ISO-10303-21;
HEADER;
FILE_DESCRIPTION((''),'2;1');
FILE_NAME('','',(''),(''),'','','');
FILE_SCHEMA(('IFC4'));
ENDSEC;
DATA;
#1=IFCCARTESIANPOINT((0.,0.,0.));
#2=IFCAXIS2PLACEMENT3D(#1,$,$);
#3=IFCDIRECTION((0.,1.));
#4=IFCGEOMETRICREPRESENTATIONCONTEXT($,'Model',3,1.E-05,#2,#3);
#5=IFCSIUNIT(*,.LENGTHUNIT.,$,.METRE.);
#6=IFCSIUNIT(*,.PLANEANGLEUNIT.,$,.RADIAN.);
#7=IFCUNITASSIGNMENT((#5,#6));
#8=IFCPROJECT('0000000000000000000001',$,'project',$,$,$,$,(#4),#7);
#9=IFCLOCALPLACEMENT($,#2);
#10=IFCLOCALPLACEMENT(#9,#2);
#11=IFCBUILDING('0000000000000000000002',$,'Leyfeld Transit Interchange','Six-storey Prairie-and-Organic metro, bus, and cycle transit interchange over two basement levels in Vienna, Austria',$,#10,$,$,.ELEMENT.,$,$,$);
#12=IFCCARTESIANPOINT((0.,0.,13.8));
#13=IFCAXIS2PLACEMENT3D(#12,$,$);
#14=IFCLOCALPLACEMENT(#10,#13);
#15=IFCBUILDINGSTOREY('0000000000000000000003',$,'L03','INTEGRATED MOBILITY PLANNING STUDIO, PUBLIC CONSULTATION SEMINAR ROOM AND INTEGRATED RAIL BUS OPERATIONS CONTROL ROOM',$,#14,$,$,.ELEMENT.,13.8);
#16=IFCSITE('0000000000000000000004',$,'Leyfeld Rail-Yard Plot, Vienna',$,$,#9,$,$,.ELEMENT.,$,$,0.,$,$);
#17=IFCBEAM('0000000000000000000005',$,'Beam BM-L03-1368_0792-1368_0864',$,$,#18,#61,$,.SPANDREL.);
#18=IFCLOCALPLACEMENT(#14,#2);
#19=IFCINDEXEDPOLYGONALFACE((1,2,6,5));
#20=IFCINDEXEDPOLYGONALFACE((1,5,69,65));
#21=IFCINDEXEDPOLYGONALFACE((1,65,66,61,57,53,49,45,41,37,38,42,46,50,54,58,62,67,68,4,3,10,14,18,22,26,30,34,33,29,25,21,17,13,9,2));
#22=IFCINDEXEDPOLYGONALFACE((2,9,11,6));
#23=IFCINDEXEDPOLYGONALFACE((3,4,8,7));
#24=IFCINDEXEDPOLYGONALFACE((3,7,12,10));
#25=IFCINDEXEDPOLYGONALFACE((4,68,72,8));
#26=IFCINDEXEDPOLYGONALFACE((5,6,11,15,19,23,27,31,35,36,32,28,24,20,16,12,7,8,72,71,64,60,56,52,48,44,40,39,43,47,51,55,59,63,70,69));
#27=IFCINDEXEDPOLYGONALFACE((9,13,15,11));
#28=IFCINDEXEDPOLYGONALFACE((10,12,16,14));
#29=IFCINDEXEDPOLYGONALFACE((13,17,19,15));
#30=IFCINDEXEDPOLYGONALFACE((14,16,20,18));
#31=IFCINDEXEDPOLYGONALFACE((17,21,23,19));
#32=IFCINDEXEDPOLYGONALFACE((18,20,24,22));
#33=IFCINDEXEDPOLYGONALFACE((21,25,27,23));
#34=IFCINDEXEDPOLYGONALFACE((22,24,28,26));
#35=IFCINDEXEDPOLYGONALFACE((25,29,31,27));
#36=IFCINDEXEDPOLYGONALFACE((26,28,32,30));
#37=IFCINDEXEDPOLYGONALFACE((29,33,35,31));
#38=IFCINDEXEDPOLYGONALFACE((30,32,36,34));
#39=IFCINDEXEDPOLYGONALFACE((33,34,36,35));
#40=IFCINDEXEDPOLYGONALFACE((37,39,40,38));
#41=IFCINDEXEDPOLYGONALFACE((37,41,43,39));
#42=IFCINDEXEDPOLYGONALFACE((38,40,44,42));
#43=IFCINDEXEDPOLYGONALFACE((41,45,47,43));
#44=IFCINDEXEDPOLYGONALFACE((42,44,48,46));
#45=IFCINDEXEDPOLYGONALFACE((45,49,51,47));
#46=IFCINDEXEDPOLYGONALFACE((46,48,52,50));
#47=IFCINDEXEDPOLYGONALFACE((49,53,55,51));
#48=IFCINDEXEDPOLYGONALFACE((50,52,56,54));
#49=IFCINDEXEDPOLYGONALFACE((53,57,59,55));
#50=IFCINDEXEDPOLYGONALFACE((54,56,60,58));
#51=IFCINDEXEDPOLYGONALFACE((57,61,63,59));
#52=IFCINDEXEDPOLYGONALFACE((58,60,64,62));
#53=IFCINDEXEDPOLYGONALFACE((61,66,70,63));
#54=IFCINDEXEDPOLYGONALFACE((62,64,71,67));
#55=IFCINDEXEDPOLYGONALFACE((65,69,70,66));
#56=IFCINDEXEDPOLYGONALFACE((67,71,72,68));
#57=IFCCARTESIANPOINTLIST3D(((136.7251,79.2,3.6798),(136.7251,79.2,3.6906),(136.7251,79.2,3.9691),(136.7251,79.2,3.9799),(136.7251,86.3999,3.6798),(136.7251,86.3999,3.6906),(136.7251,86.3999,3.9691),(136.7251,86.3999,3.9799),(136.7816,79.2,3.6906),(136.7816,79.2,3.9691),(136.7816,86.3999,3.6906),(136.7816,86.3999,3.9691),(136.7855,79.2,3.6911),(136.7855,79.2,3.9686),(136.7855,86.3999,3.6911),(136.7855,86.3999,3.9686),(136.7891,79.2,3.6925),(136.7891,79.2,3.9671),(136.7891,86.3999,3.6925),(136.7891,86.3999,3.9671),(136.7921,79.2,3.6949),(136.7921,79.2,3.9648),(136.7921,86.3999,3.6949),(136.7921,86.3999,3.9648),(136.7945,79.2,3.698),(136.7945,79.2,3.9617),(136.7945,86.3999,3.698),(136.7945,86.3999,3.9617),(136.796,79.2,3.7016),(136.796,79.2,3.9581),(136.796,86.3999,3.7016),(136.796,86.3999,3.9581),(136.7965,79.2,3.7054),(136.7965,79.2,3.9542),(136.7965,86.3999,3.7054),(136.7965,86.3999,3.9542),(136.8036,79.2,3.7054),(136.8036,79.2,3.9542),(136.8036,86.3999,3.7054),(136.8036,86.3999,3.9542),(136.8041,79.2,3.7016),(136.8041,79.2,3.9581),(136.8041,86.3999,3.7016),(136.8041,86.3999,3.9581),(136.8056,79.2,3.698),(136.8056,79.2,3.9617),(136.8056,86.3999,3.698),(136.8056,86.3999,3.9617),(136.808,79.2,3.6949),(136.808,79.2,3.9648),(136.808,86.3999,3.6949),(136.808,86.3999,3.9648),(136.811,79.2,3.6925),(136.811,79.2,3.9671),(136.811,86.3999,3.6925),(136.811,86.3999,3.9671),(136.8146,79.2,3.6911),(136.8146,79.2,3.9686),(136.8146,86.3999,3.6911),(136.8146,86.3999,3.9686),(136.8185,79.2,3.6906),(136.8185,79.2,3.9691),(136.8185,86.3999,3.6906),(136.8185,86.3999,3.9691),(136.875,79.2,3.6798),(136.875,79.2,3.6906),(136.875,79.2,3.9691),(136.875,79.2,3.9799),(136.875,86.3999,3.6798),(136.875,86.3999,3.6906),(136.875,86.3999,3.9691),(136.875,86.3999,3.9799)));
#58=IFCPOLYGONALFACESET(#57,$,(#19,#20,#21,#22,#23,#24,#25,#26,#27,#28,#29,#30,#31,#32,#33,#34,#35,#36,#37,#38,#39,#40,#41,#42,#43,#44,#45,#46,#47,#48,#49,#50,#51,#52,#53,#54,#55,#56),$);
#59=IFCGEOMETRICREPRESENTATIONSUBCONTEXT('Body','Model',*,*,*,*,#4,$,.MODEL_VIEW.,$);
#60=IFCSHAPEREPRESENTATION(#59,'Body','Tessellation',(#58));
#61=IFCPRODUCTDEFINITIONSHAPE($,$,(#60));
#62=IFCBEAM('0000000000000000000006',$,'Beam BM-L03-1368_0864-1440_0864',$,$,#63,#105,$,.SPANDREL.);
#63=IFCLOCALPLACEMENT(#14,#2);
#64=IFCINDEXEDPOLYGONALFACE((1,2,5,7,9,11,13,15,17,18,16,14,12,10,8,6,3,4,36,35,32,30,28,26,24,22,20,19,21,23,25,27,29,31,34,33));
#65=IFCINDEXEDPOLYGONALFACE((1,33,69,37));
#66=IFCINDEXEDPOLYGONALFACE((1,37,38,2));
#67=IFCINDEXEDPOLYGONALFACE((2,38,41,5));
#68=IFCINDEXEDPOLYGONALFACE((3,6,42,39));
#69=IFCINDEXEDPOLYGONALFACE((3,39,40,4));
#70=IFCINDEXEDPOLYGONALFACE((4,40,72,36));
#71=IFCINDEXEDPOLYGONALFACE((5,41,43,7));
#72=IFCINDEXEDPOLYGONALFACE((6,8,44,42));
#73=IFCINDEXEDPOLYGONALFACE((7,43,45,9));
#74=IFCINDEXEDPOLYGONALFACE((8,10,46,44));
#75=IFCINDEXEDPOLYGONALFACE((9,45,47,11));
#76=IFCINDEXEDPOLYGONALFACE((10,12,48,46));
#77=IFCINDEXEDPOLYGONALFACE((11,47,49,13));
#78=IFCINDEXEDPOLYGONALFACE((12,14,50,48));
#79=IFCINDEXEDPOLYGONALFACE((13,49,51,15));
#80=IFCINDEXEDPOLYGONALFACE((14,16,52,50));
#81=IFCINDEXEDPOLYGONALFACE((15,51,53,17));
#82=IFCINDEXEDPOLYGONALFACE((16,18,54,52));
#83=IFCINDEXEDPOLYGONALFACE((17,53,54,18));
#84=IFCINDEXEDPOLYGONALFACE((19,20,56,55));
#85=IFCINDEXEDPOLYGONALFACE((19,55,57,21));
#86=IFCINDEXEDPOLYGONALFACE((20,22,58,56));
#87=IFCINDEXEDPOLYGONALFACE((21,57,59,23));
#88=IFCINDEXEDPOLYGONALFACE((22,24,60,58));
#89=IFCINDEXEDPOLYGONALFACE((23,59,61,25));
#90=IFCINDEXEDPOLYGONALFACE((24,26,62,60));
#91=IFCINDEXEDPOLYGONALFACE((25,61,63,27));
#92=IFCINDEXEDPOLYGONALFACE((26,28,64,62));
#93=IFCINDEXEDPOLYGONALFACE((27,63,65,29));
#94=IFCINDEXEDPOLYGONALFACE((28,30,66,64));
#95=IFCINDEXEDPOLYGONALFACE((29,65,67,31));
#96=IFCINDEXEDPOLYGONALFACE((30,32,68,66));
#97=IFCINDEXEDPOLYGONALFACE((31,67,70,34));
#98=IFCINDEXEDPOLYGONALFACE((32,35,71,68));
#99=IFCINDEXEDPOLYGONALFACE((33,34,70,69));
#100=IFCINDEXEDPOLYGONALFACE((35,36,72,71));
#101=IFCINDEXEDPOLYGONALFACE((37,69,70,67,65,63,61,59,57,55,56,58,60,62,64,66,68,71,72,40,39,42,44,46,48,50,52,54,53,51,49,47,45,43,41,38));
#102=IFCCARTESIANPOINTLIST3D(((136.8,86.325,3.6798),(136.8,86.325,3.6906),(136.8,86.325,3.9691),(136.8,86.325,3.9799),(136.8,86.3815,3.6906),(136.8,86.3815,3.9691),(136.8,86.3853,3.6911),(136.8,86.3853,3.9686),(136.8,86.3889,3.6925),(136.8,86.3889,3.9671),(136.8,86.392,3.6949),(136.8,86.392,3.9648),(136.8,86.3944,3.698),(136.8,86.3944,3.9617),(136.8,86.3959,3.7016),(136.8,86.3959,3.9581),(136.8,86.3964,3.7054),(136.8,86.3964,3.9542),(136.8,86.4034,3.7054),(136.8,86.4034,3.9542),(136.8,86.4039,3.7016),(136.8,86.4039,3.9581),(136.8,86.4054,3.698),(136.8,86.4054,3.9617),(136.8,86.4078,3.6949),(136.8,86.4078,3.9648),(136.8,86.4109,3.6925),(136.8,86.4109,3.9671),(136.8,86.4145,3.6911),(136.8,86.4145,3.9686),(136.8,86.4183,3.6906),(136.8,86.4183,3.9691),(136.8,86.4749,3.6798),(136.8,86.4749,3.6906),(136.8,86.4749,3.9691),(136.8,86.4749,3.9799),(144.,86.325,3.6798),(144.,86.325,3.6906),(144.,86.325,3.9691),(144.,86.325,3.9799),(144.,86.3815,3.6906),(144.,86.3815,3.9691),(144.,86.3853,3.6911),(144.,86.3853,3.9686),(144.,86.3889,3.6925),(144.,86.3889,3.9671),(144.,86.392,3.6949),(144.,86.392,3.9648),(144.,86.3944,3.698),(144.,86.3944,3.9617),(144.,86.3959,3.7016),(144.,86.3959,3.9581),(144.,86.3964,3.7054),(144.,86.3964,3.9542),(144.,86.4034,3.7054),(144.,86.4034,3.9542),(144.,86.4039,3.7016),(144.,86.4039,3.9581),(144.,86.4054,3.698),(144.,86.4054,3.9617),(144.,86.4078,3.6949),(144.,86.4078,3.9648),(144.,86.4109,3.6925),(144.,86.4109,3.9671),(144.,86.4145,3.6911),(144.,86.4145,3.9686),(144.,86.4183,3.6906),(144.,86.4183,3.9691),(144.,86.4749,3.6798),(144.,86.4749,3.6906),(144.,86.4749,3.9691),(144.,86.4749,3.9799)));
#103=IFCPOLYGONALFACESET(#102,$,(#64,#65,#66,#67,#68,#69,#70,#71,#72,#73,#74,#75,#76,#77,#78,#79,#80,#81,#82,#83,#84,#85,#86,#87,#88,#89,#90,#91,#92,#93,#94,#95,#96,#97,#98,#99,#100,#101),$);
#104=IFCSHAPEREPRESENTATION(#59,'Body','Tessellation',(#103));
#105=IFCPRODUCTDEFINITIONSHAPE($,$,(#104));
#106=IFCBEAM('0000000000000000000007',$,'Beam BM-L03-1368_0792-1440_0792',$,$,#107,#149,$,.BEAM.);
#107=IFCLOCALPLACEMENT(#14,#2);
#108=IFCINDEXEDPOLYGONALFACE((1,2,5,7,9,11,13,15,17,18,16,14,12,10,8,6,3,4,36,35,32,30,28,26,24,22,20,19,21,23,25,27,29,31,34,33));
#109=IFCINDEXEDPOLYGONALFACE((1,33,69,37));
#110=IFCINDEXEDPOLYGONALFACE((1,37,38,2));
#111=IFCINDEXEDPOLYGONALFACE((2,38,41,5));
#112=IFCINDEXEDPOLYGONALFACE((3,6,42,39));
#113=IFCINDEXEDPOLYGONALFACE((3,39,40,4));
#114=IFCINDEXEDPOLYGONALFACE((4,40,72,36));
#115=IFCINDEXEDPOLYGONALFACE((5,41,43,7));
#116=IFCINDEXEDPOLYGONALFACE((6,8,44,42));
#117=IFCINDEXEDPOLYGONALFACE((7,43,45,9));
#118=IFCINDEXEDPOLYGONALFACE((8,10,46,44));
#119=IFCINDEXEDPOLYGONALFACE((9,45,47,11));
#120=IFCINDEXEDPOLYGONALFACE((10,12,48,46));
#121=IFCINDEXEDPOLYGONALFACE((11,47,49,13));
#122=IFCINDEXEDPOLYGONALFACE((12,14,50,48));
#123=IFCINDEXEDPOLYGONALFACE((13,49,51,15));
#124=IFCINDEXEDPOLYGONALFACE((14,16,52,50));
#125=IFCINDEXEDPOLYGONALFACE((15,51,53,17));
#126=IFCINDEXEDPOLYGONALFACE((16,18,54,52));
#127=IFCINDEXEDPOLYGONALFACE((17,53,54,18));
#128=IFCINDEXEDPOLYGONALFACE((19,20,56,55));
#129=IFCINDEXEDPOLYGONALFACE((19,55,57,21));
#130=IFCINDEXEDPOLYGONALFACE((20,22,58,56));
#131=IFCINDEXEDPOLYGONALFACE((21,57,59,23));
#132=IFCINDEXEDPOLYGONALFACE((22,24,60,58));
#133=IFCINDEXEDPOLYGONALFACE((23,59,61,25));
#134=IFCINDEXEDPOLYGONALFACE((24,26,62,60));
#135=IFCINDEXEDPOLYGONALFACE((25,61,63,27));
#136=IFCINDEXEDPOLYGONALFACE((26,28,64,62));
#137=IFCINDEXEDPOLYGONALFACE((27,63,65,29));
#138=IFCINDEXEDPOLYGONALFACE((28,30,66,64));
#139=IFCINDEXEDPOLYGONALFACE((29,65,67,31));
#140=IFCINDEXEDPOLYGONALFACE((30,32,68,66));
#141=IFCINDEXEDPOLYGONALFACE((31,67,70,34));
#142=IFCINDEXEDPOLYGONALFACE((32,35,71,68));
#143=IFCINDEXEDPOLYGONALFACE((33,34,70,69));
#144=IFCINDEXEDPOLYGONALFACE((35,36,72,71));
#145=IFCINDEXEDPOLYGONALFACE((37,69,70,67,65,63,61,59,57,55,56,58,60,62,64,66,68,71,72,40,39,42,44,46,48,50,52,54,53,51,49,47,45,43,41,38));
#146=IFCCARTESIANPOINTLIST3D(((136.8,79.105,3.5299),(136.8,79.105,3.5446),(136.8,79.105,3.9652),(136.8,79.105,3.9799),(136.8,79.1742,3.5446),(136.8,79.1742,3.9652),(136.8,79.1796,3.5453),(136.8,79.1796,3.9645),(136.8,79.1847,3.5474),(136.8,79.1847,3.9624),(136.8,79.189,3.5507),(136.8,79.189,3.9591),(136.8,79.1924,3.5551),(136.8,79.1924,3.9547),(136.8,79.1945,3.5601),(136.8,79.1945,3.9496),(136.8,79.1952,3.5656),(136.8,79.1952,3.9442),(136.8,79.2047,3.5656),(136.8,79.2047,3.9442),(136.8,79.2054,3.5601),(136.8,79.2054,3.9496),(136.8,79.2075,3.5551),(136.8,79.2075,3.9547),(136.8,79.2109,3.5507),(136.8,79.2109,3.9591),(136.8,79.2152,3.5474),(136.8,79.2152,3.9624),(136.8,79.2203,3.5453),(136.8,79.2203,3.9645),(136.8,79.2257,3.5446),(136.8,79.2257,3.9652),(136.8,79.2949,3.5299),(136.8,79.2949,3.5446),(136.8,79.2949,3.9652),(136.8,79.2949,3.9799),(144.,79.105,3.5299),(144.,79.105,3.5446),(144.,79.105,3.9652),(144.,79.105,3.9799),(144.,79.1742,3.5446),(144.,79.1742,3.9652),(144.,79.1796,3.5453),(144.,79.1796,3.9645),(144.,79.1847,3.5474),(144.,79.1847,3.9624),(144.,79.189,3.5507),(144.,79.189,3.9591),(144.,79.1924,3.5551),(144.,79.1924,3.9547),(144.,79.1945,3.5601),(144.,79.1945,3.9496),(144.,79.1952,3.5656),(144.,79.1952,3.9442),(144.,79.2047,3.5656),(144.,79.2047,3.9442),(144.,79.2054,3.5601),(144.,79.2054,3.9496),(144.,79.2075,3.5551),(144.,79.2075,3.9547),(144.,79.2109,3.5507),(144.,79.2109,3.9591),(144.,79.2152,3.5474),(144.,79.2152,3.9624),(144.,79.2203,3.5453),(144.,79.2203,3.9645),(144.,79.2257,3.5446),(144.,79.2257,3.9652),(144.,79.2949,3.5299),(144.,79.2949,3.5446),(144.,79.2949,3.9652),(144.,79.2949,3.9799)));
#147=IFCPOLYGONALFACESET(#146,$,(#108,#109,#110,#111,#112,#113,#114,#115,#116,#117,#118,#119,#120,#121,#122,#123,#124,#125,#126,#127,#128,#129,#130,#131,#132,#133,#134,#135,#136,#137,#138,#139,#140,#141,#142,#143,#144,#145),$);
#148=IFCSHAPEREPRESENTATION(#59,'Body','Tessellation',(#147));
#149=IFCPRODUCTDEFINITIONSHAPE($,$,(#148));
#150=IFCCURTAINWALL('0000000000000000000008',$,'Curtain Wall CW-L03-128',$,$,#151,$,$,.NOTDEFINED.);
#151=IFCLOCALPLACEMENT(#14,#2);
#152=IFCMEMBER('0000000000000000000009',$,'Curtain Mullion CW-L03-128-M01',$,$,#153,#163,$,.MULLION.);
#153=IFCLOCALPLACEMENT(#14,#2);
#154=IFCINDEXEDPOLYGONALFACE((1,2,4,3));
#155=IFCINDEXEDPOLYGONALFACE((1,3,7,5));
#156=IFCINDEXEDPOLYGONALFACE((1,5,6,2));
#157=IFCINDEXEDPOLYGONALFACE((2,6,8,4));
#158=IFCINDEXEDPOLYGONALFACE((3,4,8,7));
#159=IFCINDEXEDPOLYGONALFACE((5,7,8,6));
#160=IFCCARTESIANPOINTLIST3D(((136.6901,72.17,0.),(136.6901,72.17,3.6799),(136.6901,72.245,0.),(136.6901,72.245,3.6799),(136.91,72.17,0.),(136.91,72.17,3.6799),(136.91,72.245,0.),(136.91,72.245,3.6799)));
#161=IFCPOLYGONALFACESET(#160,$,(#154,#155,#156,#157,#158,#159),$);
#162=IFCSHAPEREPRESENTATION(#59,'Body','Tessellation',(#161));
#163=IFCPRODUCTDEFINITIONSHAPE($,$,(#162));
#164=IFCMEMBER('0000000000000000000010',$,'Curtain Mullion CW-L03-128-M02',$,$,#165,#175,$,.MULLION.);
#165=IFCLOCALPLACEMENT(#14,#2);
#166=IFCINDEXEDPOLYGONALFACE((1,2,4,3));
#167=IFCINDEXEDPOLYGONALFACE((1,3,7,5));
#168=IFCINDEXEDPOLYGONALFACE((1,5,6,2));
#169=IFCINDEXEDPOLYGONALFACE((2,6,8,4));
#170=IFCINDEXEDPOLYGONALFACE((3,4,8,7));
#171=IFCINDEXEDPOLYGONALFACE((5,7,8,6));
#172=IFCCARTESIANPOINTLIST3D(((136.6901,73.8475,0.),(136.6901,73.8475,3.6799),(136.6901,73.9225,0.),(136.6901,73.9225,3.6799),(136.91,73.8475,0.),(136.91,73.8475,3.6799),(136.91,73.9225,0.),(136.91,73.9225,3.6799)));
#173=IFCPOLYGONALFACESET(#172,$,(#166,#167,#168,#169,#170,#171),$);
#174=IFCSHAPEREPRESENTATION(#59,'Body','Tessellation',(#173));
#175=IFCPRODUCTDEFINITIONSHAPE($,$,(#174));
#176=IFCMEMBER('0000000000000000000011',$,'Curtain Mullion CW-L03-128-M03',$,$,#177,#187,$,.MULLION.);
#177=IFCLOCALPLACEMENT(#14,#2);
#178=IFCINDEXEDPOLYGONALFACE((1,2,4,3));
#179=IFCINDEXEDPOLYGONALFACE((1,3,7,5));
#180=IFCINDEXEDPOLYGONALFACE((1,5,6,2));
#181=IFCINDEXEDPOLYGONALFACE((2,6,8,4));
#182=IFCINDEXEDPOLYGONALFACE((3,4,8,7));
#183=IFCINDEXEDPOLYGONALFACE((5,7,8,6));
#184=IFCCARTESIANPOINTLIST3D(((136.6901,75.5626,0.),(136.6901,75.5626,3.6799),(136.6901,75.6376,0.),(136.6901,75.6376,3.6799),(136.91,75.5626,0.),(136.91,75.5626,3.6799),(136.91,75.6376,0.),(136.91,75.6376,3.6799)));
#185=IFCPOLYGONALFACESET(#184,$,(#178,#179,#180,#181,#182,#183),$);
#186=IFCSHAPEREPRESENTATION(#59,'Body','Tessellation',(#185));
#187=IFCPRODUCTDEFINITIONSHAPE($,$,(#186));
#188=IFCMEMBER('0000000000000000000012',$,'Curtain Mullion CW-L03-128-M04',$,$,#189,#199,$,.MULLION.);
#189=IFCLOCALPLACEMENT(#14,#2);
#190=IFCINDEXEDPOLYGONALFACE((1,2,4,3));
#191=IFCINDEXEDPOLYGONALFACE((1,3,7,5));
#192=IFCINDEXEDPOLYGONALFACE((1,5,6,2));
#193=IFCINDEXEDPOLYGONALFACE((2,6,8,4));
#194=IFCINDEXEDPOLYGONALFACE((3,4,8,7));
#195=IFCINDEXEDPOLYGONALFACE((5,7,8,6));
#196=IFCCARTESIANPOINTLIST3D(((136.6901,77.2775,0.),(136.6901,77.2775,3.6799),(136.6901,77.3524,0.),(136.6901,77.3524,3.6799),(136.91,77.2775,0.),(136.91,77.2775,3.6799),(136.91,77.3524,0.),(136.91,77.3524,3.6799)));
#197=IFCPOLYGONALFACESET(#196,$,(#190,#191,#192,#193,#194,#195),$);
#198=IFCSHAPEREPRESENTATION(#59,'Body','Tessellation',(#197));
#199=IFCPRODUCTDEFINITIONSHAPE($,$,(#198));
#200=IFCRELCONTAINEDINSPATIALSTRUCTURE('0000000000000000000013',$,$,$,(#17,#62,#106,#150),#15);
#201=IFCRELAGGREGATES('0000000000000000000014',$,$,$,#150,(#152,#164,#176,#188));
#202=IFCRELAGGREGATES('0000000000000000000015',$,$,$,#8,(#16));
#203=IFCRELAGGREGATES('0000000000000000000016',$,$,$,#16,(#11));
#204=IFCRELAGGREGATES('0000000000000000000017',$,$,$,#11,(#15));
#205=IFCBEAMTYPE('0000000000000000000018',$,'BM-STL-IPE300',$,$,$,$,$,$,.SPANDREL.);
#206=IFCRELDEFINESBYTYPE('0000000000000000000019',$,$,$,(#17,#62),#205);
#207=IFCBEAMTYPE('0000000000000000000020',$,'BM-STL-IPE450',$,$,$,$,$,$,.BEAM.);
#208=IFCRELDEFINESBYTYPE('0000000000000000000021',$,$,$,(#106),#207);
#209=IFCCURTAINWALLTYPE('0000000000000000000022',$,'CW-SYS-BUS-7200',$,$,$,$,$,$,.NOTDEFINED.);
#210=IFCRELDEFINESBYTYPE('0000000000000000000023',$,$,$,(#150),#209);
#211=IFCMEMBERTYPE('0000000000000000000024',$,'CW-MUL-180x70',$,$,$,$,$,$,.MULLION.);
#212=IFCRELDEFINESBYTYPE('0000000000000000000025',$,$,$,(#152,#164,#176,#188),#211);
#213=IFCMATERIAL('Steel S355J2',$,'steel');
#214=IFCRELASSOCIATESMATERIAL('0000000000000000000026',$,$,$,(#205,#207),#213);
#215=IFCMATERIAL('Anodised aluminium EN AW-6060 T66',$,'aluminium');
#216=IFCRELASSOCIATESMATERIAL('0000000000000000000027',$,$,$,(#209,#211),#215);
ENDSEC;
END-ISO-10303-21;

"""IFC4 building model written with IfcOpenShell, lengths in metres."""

from ifc_helpers import new_model, si_unit, direction, frame, origin, origin_2d, place, context, subcontext, project, spatial, rectangle, i_section, extrude, material, material_profile, profile_set, type_object, element, aggregate, save


model = new_model("IFC4")

# Units and contexts
model_context = context("Model", 3, precision=1e-05, world=origin(), true_north=direction((0.0, 1.0)))
body_context = subcontext(model_context, "Body", "Model", "MODEL_VIEW")
ifc_project = project(units=[si_unit("LENGTHUNIT", "METRE"), si_unit("PLANEANGLEUNIT", "RADIAN")], contexts=[model_context])

# Site, building, storey
site_placement = place(None, origin())
site = spatial("IfcSite", under=ifc_project, at=site_placement, Name="Leyfeld Rail-Yard Plot, Vienna", CompositionType="ELEMENT", RefElevation=0.0)
building_placement = place(site_placement, origin())
building = spatial("IfcBuilding", under=site, at=building_placement, Name="Leyfeld Transit Interchange", Description="Six-storey Prairie-and-Organic metro, bus, and cycle transit interchange over two basement levels in Vienna, Austria", CompositionType="ELEMENT")
storey_placement = place(building_placement, frame((0.0, 0.0, 13.8)))
storey = spatial("IfcBuildingStorey", under=building, at=storey_placement, Name="L03", Description="INTEGRATED MOBILITY PLANNING STUDIO, PUBLIC CONSULTATION SEMINAR ROOM AND INTEGRATED RAIL BUS OPERATIONS CONTROL ROOM", CompositionType="ELEMENT", Elevation=13.8)

# Shared definitions
ifc_material_1 = material(Name="Steel S355J2", Category="steel")

# Beams
ifc_material_profile_1 = material_profile(ifc_material_1, i_section(OverallWidth=0.1499, OverallDepth=0.3, WebThickness=0.0071, FlangeThickness=0.0107, FilletRadius=0.0149, at=origin_2d()), Name="IPE 300")
ifc_profile_set_1 = profile_set([ifc_material_profile_1], Name="Steel S355J2")
beam_type_1 = type_object("IfcBeamType", Name="BM-STL-IPE300", PredefinedType="SPANDREL", material=ifc_profile_set_1)
for number, where, z_axis, x_axis, name in (
    (1, (136.8, 79.2, 3.8298), (0.0, 1.0, 0.0), (-1.0, 0.0, 0.0), "Beam BM-L03-1368_0792-1368_0864"),
    (2, (136.8, 86.3999, 3.8298), (1.0, 0.0, 0.0), (0.0, 1.0, 0.0), "Beam BM-L03-1368_0864-1440_0864"),
):
    element("IfcBeam", number, at=place(storey_placement, frame(where, z_axis=z_axis, x_axis=x_axis)), inside=storey, type_object=beam_type_1, Name=name, PredefinedType="SPANDREL", context=body_context, shape_type="SweptSolid", body=[
        extrude(i_section(OverallWidth=0.1499, OverallDepth=0.3, WebThickness=0.0071, FlangeThickness=0.0107, FilletRadius=0.0149, at=origin_2d()), origin(), (0.0, 0.0, 1.0), 7.2),
    ])
ifc_material_profile_2 = material_profile(ifc_material_1, i_section(OverallWidth=0.1899, OverallDepth=0.45, WebThickness=0.0095, FlangeThickness=0.0146, FilletRadius=0.021, at=origin_2d()), Name="IPE 450")
ifc_profile_set_2 = profile_set([ifc_material_profile_2], Name="Steel S355J2")
beam_type_2 = type_object("IfcBeamType", Name="BM-STL-IPE450", PredefinedType="BEAM", material=ifc_profile_set_2)
beam_placement = place(storey_placement, frame((136.8, 79.2, 3.7549), z_axis=(1.0, 0.0, 0.0), x_axis=(0.0, 1.0, 0.0)))
element("IfcBeam", 3, at=beam_placement, inside=storey, type_object=beam_type_2, Name="Beam BM-L03-1368_0792-1440_0792", PredefinedType="BEAM", context=body_context, shape_type="SweptSolid", body=[
    extrude(i_section(OverallWidth=0.1899, OverallDepth=0.45, WebThickness=0.0095, FlangeThickness=0.0146, FilletRadius=0.021, at=origin_2d()), origin(), (0.0, 0.0, 1.0), 7.2),
])

# Curtain wall, members
ifc_material_2 = material(Name="Anodised aluminium EN AW-6060 T66", Category="aluminium")
curtain_wall_type = type_object("IfcCurtainWallType", Name="CW-SYS-BUS-7200", PredefinedType="NOTDEFINED", material=ifc_material_2)
curtain_wall_1_placement = place(storey_placement, origin())
curtain_wall_1 = element("IfcCurtainWall", 4, at=curtain_wall_1_placement, inside=storey, type_object=curtain_wall_type, Name="Curtain Wall CW-L03-128", PredefinedType="NOTDEFINED")
ifc_material_profile_3 = material_profile(ifc_material_2, rectangle(XDim=0.075, YDim=0.22, at=origin_2d()), Name="CW-M 75x220")
ifc_profile_set_3 = profile_set([ifc_material_profile_3], Name="Anodised aluminium EN AW-6060 T66")
member_type_1 = type_object("IfcMemberType", Name="CW-MUL-180x70", PredefinedType="MULLION", material=ifc_profile_set_3)
member_1_placement = place(storey_placement, frame((136.8, 72.2075, 0.0), z_axis=(0.0, 0.0, 1.0), x_axis=(0.0, 1.0, 0.0)))
member_1 = element("IfcMember", 5, at=member_1_placement, type_object=member_type_1, Name="Curtain Mullion CW-L03-128-M01", PredefinedType="MULLION", context=body_context, shape_type="SweptSolid", body=[
    extrude(rectangle(XDim=0.075, YDim=0.22, at=origin_2d()), origin(), (0.0, 0.0, 1.0), 3.6799),
])
member_2_placement = place(storey_placement, frame((136.8, 73.885, 0.0), z_axis=(0.0, 0.0, 1.0), x_axis=(0.0, 1.0, 0.0)))
member_2 = element("IfcMember", 6, at=member_2_placement, type_object=member_type_1, Name="Curtain Mullion CW-L03-128-M02", PredefinedType="MULLION", context=body_context, shape_type="SweptSolid", body=[
    extrude(rectangle(XDim=0.075, YDim=0.22, at=origin_2d()), origin(), (0.0, 0.0, 1.0), 3.6799),
])
member_3_placement = place(storey_placement, frame((136.8, 75.6001, 0.0), z_axis=(0.0, 0.0, 1.0), x_axis=(0.0, 1.0, 0.0)))
member_3 = element("IfcMember", 7, at=member_3_placement, type_object=member_type_1, Name="Curtain Mullion CW-L03-128-M03", PredefinedType="MULLION", context=body_context, shape_type="SweptSolid", body=[
    extrude(rectangle(XDim=0.075, YDim=0.22, at=origin_2d()), origin(), (0.0, 0.0, 1.0), 3.6799),
])
member_4_placement = place(storey_placement, frame((136.8, 77.3149, 0.0), z_axis=(0.0, 0.0, 1.0), x_axis=(0.0, 1.0, 0.0)))
member_4 = element("IfcMember", 8, at=member_4_placement, type_object=member_type_1, Name="Curtain Mullion CW-L03-128-M04", PredefinedType="MULLION", context=body_context, shape_type="SweptSolid", body=[
    extrude(rectangle(XDim=0.075, YDim=0.22, at=origin_2d()), origin(), (0.0, 0.0, 1.0), 3.6799),
])

aggregate(curtain_wall_1, [member_1, member_2, member_3, member_4])

save(model, "model.ifc")
